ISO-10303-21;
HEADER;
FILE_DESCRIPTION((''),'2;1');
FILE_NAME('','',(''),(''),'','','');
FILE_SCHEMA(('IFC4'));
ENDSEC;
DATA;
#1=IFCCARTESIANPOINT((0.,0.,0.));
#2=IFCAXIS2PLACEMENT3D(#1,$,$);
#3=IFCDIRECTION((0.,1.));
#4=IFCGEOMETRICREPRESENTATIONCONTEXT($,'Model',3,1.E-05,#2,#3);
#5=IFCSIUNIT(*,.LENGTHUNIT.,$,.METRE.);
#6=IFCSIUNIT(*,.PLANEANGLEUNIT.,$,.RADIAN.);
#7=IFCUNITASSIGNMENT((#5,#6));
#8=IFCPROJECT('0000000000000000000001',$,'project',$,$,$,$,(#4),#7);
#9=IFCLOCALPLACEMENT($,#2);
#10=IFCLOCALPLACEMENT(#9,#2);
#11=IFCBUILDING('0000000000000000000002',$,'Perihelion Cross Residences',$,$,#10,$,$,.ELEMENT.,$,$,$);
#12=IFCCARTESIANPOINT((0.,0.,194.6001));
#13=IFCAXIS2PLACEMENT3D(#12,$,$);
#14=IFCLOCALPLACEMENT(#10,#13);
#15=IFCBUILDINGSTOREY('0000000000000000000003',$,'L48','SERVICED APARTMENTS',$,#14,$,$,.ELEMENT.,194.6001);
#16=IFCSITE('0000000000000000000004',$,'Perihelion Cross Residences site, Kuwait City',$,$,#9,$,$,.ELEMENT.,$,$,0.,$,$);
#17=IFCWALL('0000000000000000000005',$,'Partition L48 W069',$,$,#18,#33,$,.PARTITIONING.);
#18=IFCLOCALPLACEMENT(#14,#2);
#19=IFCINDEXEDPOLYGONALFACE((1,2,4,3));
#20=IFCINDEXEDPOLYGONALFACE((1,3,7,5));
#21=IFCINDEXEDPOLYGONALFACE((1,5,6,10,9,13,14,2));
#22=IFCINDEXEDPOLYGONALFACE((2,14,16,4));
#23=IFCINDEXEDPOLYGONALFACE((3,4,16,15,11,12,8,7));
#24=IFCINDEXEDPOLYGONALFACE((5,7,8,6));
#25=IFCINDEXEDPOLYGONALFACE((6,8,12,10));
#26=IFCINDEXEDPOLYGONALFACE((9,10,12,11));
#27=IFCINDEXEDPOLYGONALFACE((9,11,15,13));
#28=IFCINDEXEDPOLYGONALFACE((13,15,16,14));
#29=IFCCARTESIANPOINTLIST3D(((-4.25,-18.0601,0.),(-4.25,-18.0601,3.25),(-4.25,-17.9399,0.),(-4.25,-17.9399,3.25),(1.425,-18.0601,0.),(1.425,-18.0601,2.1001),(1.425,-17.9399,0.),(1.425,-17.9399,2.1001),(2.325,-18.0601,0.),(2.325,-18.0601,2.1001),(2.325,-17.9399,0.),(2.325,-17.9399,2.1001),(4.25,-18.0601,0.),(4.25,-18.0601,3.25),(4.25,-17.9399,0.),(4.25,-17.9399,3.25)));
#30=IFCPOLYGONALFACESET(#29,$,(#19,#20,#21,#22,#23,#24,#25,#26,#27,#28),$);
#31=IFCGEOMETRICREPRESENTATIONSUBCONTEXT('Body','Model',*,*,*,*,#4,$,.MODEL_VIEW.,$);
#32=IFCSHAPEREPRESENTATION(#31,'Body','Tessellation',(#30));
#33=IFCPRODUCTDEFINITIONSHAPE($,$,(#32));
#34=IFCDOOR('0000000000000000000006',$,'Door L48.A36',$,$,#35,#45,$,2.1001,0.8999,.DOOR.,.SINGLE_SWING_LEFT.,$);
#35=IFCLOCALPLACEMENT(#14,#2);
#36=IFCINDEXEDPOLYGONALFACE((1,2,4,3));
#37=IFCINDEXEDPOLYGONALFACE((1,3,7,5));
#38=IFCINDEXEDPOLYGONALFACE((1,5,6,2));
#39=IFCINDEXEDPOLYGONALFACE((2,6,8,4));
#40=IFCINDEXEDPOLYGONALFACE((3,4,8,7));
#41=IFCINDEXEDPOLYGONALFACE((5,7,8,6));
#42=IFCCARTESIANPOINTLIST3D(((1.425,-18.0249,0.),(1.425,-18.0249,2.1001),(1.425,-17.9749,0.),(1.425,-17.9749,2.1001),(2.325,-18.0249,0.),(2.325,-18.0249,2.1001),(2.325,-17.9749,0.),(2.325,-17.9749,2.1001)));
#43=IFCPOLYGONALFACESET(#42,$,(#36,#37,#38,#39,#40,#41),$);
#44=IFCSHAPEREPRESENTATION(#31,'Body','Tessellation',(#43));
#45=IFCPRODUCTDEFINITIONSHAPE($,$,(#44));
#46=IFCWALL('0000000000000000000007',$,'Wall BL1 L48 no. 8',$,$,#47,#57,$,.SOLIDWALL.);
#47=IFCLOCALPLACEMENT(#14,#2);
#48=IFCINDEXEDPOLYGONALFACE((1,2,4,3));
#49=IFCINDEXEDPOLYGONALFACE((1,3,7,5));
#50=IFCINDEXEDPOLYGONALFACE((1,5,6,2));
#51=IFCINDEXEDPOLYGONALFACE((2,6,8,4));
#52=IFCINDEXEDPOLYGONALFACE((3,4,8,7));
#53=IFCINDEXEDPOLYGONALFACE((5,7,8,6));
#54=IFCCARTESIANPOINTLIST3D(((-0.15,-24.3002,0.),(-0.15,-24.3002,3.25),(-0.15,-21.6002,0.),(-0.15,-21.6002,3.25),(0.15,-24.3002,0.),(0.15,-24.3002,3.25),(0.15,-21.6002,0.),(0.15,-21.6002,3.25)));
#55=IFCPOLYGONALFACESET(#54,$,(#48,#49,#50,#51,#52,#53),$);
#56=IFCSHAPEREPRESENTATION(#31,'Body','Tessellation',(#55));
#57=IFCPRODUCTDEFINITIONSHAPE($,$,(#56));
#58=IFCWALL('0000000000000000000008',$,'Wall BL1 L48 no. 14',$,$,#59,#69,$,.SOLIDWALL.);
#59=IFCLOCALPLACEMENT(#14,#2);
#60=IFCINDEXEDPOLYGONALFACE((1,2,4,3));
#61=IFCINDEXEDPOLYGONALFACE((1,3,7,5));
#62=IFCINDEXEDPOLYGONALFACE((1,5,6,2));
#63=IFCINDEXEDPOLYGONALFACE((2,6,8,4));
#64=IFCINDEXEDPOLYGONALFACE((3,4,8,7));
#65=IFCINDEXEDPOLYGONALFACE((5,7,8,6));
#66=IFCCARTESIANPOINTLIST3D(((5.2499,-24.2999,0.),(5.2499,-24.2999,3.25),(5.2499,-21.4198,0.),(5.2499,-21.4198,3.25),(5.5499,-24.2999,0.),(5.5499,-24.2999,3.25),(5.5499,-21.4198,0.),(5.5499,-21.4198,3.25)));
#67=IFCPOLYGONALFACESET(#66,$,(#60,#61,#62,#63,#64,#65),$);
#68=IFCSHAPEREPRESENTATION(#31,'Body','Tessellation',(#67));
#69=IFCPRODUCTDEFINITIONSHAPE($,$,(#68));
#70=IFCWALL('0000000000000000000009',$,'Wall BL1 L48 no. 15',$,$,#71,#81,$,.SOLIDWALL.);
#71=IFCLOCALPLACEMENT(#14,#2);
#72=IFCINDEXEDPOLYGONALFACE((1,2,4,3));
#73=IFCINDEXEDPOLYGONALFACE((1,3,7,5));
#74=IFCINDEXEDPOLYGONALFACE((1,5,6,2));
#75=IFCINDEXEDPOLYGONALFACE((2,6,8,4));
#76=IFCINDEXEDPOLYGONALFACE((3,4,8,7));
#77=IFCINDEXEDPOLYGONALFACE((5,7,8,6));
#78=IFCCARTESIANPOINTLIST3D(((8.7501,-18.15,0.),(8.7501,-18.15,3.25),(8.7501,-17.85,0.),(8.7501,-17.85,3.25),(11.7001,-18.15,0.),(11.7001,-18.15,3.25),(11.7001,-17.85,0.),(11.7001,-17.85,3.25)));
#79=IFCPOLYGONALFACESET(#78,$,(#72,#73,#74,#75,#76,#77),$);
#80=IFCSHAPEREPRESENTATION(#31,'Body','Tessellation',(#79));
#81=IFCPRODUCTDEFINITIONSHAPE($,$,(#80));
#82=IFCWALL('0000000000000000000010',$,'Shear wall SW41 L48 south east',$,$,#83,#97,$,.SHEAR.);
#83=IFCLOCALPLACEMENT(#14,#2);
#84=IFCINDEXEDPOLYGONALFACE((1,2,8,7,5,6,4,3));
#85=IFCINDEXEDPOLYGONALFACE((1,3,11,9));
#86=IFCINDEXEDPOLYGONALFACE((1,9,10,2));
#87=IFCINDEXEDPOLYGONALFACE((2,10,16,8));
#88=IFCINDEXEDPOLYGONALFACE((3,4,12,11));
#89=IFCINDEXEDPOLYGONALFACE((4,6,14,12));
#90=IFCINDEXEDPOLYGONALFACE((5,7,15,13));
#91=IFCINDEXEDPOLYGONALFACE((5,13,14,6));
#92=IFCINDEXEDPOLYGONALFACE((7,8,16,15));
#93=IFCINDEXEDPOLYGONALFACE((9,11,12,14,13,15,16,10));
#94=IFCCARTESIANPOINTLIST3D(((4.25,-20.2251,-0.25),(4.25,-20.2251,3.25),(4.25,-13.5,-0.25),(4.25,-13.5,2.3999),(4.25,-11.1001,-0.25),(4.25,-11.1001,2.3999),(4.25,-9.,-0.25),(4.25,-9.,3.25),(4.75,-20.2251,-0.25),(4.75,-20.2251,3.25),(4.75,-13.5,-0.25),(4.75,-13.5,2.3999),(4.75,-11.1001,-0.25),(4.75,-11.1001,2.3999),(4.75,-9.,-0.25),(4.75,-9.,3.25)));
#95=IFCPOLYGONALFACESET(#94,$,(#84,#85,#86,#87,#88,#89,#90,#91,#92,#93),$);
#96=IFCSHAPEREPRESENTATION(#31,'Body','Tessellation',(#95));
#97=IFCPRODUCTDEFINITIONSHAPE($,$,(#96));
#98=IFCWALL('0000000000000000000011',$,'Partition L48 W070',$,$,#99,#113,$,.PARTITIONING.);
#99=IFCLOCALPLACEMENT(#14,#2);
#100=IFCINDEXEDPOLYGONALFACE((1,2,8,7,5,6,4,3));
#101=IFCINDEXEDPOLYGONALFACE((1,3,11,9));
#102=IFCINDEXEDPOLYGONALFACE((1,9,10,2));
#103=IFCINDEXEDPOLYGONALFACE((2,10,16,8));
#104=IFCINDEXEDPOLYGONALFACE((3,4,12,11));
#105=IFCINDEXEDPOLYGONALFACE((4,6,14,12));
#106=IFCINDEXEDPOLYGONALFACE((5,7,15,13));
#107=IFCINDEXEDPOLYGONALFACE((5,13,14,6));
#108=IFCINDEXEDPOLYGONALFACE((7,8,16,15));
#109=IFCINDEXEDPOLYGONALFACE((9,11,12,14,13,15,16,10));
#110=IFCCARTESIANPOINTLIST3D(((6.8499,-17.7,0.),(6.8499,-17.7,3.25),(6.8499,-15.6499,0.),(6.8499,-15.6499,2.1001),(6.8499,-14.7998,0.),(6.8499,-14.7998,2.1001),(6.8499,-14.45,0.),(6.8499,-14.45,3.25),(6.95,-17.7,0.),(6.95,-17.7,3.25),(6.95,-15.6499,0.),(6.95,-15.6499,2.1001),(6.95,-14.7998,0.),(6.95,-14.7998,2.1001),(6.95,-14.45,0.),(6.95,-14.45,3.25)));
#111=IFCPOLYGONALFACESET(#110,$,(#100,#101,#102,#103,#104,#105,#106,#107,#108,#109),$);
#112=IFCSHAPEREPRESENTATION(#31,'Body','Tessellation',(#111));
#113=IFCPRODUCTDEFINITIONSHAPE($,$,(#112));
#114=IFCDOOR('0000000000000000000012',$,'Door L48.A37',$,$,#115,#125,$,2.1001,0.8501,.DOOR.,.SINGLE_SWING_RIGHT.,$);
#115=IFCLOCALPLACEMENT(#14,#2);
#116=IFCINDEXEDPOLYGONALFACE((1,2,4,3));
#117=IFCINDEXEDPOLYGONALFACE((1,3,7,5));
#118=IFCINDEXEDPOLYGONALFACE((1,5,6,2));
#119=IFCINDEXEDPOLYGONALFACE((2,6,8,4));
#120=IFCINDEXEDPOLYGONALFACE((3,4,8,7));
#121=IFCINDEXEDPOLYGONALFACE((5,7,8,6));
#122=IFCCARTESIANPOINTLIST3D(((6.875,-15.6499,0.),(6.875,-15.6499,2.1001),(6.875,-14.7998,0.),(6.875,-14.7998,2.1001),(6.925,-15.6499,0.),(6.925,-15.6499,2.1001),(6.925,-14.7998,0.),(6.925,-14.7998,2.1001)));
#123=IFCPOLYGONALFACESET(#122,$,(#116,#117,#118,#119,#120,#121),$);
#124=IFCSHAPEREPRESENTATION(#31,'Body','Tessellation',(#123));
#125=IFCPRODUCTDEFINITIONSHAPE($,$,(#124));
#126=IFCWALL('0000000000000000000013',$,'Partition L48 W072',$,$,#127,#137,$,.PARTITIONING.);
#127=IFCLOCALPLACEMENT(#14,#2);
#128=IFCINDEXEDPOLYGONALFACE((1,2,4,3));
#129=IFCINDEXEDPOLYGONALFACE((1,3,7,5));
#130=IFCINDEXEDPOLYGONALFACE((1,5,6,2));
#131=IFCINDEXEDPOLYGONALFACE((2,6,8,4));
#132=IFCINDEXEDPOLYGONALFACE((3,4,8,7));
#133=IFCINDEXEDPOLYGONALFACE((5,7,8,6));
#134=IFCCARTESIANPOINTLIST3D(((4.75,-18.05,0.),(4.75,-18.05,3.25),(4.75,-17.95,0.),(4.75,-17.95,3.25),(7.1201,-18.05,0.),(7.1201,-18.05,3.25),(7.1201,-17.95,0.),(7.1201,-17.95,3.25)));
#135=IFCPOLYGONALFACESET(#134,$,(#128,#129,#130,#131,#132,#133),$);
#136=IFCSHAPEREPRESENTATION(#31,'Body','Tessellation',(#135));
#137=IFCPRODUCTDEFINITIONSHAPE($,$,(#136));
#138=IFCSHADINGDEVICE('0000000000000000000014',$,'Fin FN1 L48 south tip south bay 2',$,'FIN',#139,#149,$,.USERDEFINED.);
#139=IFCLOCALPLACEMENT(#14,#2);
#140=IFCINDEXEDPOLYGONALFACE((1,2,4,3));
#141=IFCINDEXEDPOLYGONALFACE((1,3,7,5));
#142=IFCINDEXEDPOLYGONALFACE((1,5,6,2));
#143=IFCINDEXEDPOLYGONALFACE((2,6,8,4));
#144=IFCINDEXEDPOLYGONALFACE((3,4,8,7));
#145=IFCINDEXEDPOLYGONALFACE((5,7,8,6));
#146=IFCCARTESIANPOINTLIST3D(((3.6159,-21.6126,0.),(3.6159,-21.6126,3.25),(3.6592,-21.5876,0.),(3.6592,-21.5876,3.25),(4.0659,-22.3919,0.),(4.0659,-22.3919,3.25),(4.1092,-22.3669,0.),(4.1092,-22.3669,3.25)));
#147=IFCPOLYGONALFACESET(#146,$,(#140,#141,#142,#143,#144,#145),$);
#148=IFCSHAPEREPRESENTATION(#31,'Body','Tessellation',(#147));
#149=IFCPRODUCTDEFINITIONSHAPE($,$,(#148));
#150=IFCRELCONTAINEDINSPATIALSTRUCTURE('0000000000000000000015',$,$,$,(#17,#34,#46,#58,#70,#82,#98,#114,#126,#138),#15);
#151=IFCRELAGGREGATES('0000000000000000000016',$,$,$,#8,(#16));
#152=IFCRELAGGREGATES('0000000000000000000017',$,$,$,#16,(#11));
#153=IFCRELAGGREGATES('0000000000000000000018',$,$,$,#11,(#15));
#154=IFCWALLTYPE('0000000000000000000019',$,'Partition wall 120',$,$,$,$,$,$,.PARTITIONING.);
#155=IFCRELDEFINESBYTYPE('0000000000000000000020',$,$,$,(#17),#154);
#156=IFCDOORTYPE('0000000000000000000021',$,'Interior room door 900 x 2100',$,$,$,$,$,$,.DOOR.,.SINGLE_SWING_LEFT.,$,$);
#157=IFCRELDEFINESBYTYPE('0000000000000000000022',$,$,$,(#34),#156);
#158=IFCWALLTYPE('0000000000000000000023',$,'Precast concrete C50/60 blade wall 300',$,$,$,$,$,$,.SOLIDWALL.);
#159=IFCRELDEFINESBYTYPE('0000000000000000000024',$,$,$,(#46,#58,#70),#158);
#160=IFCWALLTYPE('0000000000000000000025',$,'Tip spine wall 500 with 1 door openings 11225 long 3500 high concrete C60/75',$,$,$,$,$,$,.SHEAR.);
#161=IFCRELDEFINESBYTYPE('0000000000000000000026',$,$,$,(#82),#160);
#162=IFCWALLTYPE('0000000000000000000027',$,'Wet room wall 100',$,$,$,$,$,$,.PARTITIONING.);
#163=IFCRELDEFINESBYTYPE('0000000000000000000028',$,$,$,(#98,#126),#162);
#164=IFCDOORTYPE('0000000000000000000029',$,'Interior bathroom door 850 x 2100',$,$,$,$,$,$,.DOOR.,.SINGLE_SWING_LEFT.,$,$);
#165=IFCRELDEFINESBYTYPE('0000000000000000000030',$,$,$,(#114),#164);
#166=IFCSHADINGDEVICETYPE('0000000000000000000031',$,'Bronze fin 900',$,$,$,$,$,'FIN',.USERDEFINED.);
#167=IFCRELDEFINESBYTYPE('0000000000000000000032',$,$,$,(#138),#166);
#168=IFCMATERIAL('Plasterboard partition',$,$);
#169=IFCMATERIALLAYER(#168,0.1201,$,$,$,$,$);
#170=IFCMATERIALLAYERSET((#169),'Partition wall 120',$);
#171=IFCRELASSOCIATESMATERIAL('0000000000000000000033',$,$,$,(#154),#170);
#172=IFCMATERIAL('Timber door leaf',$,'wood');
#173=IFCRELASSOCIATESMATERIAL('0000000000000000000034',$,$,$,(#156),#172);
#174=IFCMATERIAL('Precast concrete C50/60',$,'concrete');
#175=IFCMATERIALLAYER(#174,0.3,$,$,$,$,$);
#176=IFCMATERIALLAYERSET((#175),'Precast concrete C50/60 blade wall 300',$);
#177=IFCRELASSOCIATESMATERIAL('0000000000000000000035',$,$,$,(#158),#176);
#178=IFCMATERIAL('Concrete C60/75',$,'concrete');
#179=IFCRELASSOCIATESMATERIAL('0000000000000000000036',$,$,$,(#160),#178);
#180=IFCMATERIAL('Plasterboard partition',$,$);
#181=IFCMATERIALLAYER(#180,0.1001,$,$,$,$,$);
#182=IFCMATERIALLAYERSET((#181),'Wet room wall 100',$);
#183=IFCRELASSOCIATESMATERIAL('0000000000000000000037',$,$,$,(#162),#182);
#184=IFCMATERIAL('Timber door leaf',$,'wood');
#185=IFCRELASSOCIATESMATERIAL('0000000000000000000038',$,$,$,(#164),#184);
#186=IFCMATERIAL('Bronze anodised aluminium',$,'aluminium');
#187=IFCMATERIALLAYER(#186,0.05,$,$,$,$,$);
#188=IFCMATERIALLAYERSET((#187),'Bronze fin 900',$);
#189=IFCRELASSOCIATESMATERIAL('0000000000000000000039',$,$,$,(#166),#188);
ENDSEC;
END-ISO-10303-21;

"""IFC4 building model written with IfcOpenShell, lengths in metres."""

from ifc_helpers import new_model, si_unit, direction, frame, frame_2d, origin, origin_2d, place, context, subcontext, project, spatial, polyline, rectangle, outline, extrude, material, layer, layer_set, material_profile, profile_set, type_object, element, fill, save


model = new_model("IFC4")

# Units and contexts
model_context = context("Model", 3, precision=1e-05, world=origin(), true_north=direction((0.0, 1.0)))
body_context = subcontext(model_context, "Body", "Model", "MODEL_VIEW")
ifc_project = project(units=[si_unit("LENGTHUNIT", "METRE"), si_unit("PLANEANGLEUNIT", "RADIAN")], contexts=[model_context])

# Site, building, storey
site_placement = place(None, origin())
site = spatial("IfcSite", under=ifc_project, at=site_placement, Name="Perihelion Cross Residences site, Kuwait City", CompositionType="ELEMENT", RefElevation=0.0)
building_placement = place(site_placement, origin())
building = spatial("IfcBuilding", under=site, at=building_placement, Name="Perihelion Cross Residences", CompositionType="ELEMENT")
storey_placement = place(building_placement, frame((0.0, 0.0, 194.6001)))
storey = spatial("IfcBuildingStorey", under=building, at=storey_placement, Name="L48", Description="SERVICED APARTMENTS", CompositionType="ELEMENT", Elevation=194.6001)

# Wall, opening, door
ifc_material_1 = material(Name="Plasterboard partition")
ifc_layer_1 = layer(ifc_material_1, 0.1201)
ifc_layer_set_1 = layer_set([ifc_layer_1], Name="Partition wall 120")
wall_type_1 = type_object("IfcWallType", Name="Partition wall 120", PredefinedType="PARTITIONING", material=ifc_layer_set_1)
wall_1_placement = place(storey_placement, frame((4.25, -18.0, 0.0), z_axis=(0.0, 0.0, 1.0), x_axis=(-1.0, 0.0, 0.0)))
wall_1 = element("IfcWall", 1, at=wall_1_placement, inside=storey, type_object=wall_type_1, Name="Partition L48 W069", PredefinedType="PARTITIONING", context=body_context, shape_type="SweptSolid", body=[
    extrude(rectangle(XDim=8.5, YDim=0.1201, at=frame_2d((4.25, 0.0))), origin(), (0.0, 0.0, 1.0), 3.25),
])
opening_1_placement = place(wall_1_placement, frame((1.925, 0.0, 0.0)))
opening_1 = element("IfcOpeningElement", 2, at=opening_1_placement, cuts=wall_1, PredefinedType="OPENING", context=body_context, shape_type="SweptSolid", body=[
    extrude(rectangle(XDim=0.8999, YDim=2.1001, at=frame_2d((0.45, 1.05))), frame((0.0, 0.0701, 0.0), z_axis=(0.0, -1.0, 0.0), x_axis=(1.0, 0.0, 0.0)), (0.0, 0.0, 1.0), 0.1401),
])
ifc_material_2 = material(Name="Timber door leaf", Category="wood")
door_type_1 = type_object("IfcDoorType", Name="Interior room door 900 x 2100", OperationType="SINGLE_SWING_LEFT", PredefinedType="DOOR", material=ifc_material_2)
door_1_placement = place(opening_1_placement, origin())
door_1 = element("IfcDoor", 3, at=door_1_placement, inside=storey, type_object=door_type_1, Name="Door L48.A36", OperationType="SINGLE_SWING_LEFT", OverallHeight=2.1001, OverallWidth=0.8999, PredefinedType="DOOR", context=body_context, shape_type="SweptSolid", body=[
    extrude(rectangle(XDim=0.8999, YDim=2.1001, at=frame_2d((0.45, 1.05))), frame((0.0, 0.0249, 0.0), z_axis=(0.0, -1.0, 0.0), x_axis=(1.0, 0.0, 0.0)), (0.0, 0.0, 1.0), 0.05),
])
fill(opening_1, door_1)

# Walls
ifc_material_3 = material(Name="Precast concrete C50/60", Category="concrete")
ifc_layer_2 = layer(ifc_material_3, 0.3)
ifc_layer_set_2 = layer_set([ifc_layer_2], Name="Precast concrete C50/60 blade wall 300")
wall_type_2 = type_object("IfcWallType", Name="Precast concrete C50/60 blade wall 300", PredefinedType="SOLIDWALL", material=ifc_layer_set_2)
wall_2_placement = place(storey_placement, frame((0.0, -21.6001, 0.0), z_axis=(0.0, 0.0, 1.0), x_axis=(0.0, -1.0, 0.0)))
element("IfcWall", 4, at=wall_2_placement, inside=storey, type_object=wall_type_2, Name="Wall BL1 L48 no. 8", PredefinedType="SOLIDWALL", context=body_context, shape_type="SweptSolid", body=[
    extrude(rectangle(XDim=2.7, YDim=0.3, at=frame_2d((1.3501, 0.0))), origin(), (0.0, 0.0, 1.0), 3.25),
])
wall_3_placement = place(storey_placement, frame((5.3999, -21.4199, 0.0), z_axis=(0.0, 0.0, 1.0), x_axis=(0.0, -1.0, 0.0)))
element("IfcWall", 5, at=wall_3_placement, inside=storey, type_object=wall_type_2, Name="Wall BL1 L48 no. 14", PredefinedType="SOLIDWALL", context=body_context, shape_type="SweptSolid", body=[
    extrude(rectangle(XDim=2.8801, YDim=0.3, at=frame_2d((1.4399, 0.0))), origin(), (0.0, 0.0, 1.0), 3.25),
])
wall_4_placement = place(storey_placement, frame((8.75, -18.0, 0.0), z_axis=(0.0, 0.0, 1.0), x_axis=(1.0, 0.0, 0.0)))
element("IfcWall", 6, at=wall_4_placement, inside=storey, type_object=wall_type_2, Name="Wall BL1 L48 no. 15", PredefinedType="SOLIDWALL", context=body_context, shape_type="SweptSolid", body=[
    extrude(rectangle(XDim=2.95, YDim=0.3, at=frame_2d((1.4751, 0.0))), origin(), (0.0, 0.0, 1.0), 3.25),
])
ifc_material_4 = material(Name="Concrete C60/75", Category="concrete")
ifc_material_profile_1 = material_profile(ifc_material_4, outline(polyline([(0.0, 0.0), (6.7251, 0.0), (6.7251, 2.6499), (9.125, 2.6499), (9.125, 0.0), (11.2251, 0.0), (11.2251, 3.5), (0.0, 3.5), (0.0, 0.0)])), Name="Tip spine wall")
ifc_profile_set_1 = profile_set([ifc_material_profile_1], Name="Concrete C60/75")
wall_type_3 = type_object("IfcWallType", Name="Tip spine wall 500 with 1 door openings 11225 long 3500 high concrete C60/75", PredefinedType="SHEAR", material=ifc_profile_set_1)
wall_5_placement = place(storey_placement, frame((4.25, -20.2251, -0.25), z_axis=(1.0, 0.0, 0.0), x_axis=(0.0, 1.0, 0.0)))
element("IfcWall", 7, at=wall_5_placement, inside=storey, type_object=wall_type_3, Name="Shear wall SW41 L48 south east", PredefinedType="SHEAR", context=body_context, shape_type="SweptSolid", body=[
    extrude(outline(polyline([(0.0, 0.0), (6.7251, 0.0), (6.7251, 2.6499), (9.125, 2.6499), (9.125, 0.0), (11.2251, 0.0), (11.2251, 3.5), (0.0, 3.5), (0.0, 0.0)])), origin(), (0.0, 0.0, 1.0), 0.5),
])

# Wall, opening, door
ifc_material_5 = material(Name="Plasterboard partition")
ifc_layer_3 = layer(ifc_material_5, 0.1001)
ifc_layer_set_3 = layer_set([ifc_layer_3], Name="Wet room wall 100")
wall_type_4 = type_object("IfcWallType", Name="Wet room wall 100", PredefinedType="PARTITIONING", material=ifc_layer_set_3)
wall_6_placement = place(storey_placement, frame((6.8999, -17.7, 0.0), z_axis=(0.0, 0.0, 1.0), x_axis=(0.0, 1.0, 0.0)))
wall_6 = element("IfcWall", 8, at=wall_6_placement, inside=storey, type_object=wall_type_4, Name="Partition L48 W070", PredefinedType="PARTITIONING", context=body_context, shape_type="SweptSolid", body=[
    extrude(rectangle(XDim=3.25, YDim=0.1001, at=frame_2d((1.625, 0.0))), origin(), (0.0, 0.0, 1.0), 3.25),
])
opening_2_placement = place(wall_6_placement, frame((2.05, 0.0, 0.0)))
opening_2 = element("IfcOpeningElement", 9, at=opening_2_placement, cuts=wall_6, PredefinedType="OPENING", context=body_context, shape_type="SweptSolid", body=[
    extrude(rectangle(XDim=0.8501, YDim=2.1001, at=frame_2d((0.425, 1.05))), frame((0.0, 0.0601, 0.0), z_axis=(0.0, -1.0, 0.0), x_axis=(1.0, 0.0, 0.0)), (0.0, 0.0, 1.0), 0.1201),
])
ifc_material_6 = material(Name="Timber door leaf", Category="wood")
door_type_2 = type_object("IfcDoorType", Name="Interior bathroom door 850 x 2100", OperationType="SINGLE_SWING_LEFT", PredefinedType="DOOR", material=ifc_material_6)
door_2_placement = place(opening_2_placement, origin())
door_2 = element("IfcDoor", 10, at=door_2_placement, inside=storey, type_object=door_type_2, Name="Door L48.A37", OperationType="SINGLE_SWING_RIGHT", OverallHeight=2.1001, OverallWidth=0.8501, PredefinedType="DOOR", context=body_context, shape_type="SweptSolid", body=[
    extrude(rectangle(XDim=0.8501, YDim=2.1001, at=frame_2d((0.425, 1.05))), frame((0.0, 0.0249, 0.0), z_axis=(0.0, -1.0, 0.0), x_axis=(1.0, 0.0, 0.0)), (0.0, 0.0, 1.0), 0.05),
])
fill(opening_2, door_2)

# Wall
wall_7_placement = place(storey_placement, frame((7.1201, -18.0, 0.0), z_axis=(0.0, 0.0, 1.0), x_axis=(-1.0, 0.0, 0.0)))
element("IfcWall", 11, at=wall_7_placement, inside=storey, type_object=wall_type_4, Name="Partition L48 W072", PredefinedType="PARTITIONING", context=body_context, shape_type="SweptSolid", body=[
    extrude(rectangle(XDim=2.3701, YDim=0.1001, at=frame_2d((1.1851, 0.0))), origin(), (0.0, 0.0, 1.0), 3.25),
])

# Shading device
ifc_material_7 = material(Name="Bronze anodised aluminium", Category="aluminium")
ifc_layer_4 = layer(ifc_material_7, 0.05)
ifc_layer_set_4 = layer_set([ifc_layer_4], Name="Bronze fin 900")
shading_device_type = type_object("IfcShadingDeviceType", Name="Bronze fin 900", ElementType="FIN", PredefinedType="USERDEFINED", material=ifc_layer_set_4)
shading_device_placement = place(storey_placement, frame((3.8625, -21.9897, 0.0), z_axis=(0.0, 0.0, 1.0), x_axis=(0.5, -0.866025, 0.0)))
element("IfcShadingDevice", 12, at=shading_device_placement, inside=storey, type_object=shading_device_type, Name="Fin FN1 L48 south tip south bay 2", ObjectType="FIN", PredefinedType="USERDEFINED", context=body_context, shape_type="SweptSolid", body=[
    extrude(rectangle(XDim=0.8999, YDim=0.05, at=origin_2d()), origin(), (0.0, 0.0, 1.0), 3.25),
])

save(model, "model.ifc")
